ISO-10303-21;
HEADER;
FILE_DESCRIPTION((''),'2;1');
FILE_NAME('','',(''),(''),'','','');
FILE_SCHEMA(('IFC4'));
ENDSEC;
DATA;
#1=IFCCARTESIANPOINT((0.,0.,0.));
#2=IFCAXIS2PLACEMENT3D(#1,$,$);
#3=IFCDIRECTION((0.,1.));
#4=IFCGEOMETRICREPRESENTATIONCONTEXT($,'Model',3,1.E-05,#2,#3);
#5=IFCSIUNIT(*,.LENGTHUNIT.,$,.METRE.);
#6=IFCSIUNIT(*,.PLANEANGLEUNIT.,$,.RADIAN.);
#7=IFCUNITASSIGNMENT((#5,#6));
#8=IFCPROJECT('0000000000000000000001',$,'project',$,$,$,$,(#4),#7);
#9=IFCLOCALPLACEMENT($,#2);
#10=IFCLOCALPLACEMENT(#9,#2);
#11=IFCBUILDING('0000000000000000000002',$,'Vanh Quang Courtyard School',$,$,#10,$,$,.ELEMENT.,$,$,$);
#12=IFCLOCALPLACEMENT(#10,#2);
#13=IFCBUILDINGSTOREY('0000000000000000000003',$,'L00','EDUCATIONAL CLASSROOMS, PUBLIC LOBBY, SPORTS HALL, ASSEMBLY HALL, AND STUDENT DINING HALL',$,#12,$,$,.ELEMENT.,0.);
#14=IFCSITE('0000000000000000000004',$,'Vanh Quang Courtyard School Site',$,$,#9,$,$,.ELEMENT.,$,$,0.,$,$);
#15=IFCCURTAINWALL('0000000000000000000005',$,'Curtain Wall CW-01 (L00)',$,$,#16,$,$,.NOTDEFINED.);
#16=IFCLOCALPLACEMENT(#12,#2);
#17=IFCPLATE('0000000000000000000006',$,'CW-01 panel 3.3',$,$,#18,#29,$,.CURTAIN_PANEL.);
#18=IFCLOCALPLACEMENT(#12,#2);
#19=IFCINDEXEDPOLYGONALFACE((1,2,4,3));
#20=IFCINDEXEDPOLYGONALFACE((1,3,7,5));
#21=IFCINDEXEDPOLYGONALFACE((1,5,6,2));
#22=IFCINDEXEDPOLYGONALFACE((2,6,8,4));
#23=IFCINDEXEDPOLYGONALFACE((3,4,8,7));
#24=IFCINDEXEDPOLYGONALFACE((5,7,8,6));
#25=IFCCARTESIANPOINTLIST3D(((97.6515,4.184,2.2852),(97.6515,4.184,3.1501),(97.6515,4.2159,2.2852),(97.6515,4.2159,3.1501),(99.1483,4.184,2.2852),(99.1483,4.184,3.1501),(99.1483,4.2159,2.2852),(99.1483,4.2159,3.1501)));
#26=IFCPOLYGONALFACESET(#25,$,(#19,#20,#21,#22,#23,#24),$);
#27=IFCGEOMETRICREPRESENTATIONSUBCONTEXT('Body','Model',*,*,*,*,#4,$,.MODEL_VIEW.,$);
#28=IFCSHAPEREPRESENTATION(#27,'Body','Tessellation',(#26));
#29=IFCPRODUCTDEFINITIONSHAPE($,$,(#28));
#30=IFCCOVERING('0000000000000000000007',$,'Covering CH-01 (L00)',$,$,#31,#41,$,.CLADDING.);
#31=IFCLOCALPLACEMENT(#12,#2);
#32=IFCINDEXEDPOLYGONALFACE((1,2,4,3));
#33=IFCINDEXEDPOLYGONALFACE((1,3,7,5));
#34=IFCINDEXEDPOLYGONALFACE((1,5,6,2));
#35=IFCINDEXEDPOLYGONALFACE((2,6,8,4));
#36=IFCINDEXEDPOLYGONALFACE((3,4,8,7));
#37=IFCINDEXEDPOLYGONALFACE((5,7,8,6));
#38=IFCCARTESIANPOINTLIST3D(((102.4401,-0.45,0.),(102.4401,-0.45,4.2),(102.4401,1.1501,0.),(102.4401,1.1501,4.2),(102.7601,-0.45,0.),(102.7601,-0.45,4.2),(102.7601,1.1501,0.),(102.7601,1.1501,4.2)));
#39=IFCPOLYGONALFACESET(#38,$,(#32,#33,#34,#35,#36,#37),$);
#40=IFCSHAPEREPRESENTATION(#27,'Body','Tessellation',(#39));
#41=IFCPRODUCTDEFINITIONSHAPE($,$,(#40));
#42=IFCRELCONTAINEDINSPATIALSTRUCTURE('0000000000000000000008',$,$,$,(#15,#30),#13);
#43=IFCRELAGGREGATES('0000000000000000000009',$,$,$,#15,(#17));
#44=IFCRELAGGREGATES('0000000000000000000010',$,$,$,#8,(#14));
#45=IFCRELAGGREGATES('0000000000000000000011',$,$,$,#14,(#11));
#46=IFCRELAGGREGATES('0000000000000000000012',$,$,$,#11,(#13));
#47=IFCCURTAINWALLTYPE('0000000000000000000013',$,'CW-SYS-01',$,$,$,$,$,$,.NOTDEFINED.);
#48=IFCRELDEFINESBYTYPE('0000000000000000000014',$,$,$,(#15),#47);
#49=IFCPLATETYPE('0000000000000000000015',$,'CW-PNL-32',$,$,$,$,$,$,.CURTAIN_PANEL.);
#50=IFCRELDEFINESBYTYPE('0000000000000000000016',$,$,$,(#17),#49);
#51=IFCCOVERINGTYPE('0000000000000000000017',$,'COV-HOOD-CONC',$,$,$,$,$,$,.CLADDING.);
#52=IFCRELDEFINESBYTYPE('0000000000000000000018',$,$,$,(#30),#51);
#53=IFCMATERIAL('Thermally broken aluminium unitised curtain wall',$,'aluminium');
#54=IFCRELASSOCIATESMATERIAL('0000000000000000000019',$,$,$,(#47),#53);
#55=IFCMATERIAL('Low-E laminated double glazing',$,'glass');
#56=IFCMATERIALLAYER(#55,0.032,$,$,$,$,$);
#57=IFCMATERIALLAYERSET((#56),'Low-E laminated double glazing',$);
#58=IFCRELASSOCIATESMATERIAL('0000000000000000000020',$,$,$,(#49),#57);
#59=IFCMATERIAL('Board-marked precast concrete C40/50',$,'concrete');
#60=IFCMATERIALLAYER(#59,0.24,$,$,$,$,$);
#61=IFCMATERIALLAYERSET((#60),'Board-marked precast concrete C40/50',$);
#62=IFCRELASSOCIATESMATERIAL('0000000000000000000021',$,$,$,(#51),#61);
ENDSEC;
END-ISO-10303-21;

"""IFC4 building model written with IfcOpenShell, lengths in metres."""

from ifc_helpers import new_model, si_unit, direction, frame, origin, origin_2d, place, context, subcontext, project, spatial, rectangle, extrude, material, layer, layer_set, type_object, element, aggregate, save


model = new_model("IFC4")

# Units and contexts
model_context = context("Model", 3, precision=1e-05, world=origin(), true_north=direction((0.0, 1.0)))
body_context = subcontext(model_context, "Body", "Model", "MODEL_VIEW")
ifc_project = project(units=[si_unit("LENGTHUNIT", "METRE"), si_unit("PLANEANGLEUNIT", "RADIAN")], contexts=[model_context])

# Site, building, storey
site_placement = place(None, origin())
site = spatial("IfcSite", under=ifc_project, at=site_placement, Name="Vanh Quang Courtyard School Site", CompositionType="ELEMENT", RefElevation=0.0)
building_placement = place(site_placement, origin())
building = spatial("IfcBuilding", under=site, at=building_placement, Name="Vanh Quang Courtyard School", CompositionType="ELEMENT")
storey_placement = place(building_placement, origin())
storey = spatial("IfcBuildingStorey", under=building, at=storey_placement, Name="L00", Description="EDUCATIONAL CLASSROOMS, PUBLIC LOBBY, SPORTS HALL, ASSEMBLY HALL, AND STUDENT DINING HALL", CompositionType="ELEMENT", Elevation=0.0)

# Curtain wall, plate
ifc_material_1 = material(Name="Thermally broken aluminium unitised curtain wall", Category="aluminium")
curtain_wall_type = type_object("IfcCurtainWallType", Name="CW-SYS-01", PredefinedType="NOTDEFINED", material=ifc_material_1)
curtain_wall_placement = place(storey_placement, origin())
curtain_wall = element("IfcCurtainWall", 1, at=curtain_wall_placement, inside=storey, type_object=curtain_wall_type, Name="Curtain Wall CW-01 (L00)", PredefinedType="NOTDEFINED")
ifc_material_2 = material(Name="Low-E laminated double glazing", Category="glass")
ifc_layer_1 = layer(ifc_material_2, 0.032)
ifc_layer_set_1 = layer_set([ifc_layer_1], Name="Low-E laminated double glazing")
plate_type = type_object("IfcPlateType", Name="CW-PNL-32", PredefinedType="CURTAIN_PANEL", material=ifc_layer_set_1)
plate_1_placement = place(storey_placement, frame((98.3999, 4.2, 2.2852), z_axis=(0.0, 0.0, 1.0), x_axis=(-1.0, 0.0, 0.0)))
plate_1 = element("IfcPlate", 2, at=plate_1_placement, type_object=plate_type, Name="CW-01 panel 3.3", PredefinedType="CURTAIN_PANEL", context=body_context, shape_type="SweptSolid", body=[
    extrude(rectangle(XDim=1.4968, YDim=0.032, at=origin_2d()), origin(), (0.0, 0.0, 1.0), 0.865),
])
aggregate(curtain_wall, [plate_1])

# Covering
ifc_material_3 = material(Name="Board-marked precast concrete C40/50", Category="concrete")
ifc_layer_2 = layer(ifc_material_3, 0.24)
ifc_layer_set_2 = layer_set([ifc_layer_2], Name="Board-marked precast concrete C40/50")
covering_type = type_object("IfcCoveringType", Name="COV-HOOD-CONC", PredefinedType="CLADDING", material=ifc_layer_set_2)
covering_placement = place(storey_placement, frame((102.6001, 0.3501, 0.0), z_axis=(0.0, 0.0, 1.0), x_axis=(0.0, 1.0, 0.0)))
element("IfcCovering", 3, at=covering_placement, inside=storey, type_object=covering_type, Name="Covering CH-01 (L00)", PredefinedType="CLADDING", context=body_context, shape_type="SweptSolid", body=[
    extrude(rectangle(XDim=1.6001, YDim=0.3201, at=origin_2d()), origin(), (0.0, 0.0, 1.0), 4.2),
])

save(model, "model.ifc")
